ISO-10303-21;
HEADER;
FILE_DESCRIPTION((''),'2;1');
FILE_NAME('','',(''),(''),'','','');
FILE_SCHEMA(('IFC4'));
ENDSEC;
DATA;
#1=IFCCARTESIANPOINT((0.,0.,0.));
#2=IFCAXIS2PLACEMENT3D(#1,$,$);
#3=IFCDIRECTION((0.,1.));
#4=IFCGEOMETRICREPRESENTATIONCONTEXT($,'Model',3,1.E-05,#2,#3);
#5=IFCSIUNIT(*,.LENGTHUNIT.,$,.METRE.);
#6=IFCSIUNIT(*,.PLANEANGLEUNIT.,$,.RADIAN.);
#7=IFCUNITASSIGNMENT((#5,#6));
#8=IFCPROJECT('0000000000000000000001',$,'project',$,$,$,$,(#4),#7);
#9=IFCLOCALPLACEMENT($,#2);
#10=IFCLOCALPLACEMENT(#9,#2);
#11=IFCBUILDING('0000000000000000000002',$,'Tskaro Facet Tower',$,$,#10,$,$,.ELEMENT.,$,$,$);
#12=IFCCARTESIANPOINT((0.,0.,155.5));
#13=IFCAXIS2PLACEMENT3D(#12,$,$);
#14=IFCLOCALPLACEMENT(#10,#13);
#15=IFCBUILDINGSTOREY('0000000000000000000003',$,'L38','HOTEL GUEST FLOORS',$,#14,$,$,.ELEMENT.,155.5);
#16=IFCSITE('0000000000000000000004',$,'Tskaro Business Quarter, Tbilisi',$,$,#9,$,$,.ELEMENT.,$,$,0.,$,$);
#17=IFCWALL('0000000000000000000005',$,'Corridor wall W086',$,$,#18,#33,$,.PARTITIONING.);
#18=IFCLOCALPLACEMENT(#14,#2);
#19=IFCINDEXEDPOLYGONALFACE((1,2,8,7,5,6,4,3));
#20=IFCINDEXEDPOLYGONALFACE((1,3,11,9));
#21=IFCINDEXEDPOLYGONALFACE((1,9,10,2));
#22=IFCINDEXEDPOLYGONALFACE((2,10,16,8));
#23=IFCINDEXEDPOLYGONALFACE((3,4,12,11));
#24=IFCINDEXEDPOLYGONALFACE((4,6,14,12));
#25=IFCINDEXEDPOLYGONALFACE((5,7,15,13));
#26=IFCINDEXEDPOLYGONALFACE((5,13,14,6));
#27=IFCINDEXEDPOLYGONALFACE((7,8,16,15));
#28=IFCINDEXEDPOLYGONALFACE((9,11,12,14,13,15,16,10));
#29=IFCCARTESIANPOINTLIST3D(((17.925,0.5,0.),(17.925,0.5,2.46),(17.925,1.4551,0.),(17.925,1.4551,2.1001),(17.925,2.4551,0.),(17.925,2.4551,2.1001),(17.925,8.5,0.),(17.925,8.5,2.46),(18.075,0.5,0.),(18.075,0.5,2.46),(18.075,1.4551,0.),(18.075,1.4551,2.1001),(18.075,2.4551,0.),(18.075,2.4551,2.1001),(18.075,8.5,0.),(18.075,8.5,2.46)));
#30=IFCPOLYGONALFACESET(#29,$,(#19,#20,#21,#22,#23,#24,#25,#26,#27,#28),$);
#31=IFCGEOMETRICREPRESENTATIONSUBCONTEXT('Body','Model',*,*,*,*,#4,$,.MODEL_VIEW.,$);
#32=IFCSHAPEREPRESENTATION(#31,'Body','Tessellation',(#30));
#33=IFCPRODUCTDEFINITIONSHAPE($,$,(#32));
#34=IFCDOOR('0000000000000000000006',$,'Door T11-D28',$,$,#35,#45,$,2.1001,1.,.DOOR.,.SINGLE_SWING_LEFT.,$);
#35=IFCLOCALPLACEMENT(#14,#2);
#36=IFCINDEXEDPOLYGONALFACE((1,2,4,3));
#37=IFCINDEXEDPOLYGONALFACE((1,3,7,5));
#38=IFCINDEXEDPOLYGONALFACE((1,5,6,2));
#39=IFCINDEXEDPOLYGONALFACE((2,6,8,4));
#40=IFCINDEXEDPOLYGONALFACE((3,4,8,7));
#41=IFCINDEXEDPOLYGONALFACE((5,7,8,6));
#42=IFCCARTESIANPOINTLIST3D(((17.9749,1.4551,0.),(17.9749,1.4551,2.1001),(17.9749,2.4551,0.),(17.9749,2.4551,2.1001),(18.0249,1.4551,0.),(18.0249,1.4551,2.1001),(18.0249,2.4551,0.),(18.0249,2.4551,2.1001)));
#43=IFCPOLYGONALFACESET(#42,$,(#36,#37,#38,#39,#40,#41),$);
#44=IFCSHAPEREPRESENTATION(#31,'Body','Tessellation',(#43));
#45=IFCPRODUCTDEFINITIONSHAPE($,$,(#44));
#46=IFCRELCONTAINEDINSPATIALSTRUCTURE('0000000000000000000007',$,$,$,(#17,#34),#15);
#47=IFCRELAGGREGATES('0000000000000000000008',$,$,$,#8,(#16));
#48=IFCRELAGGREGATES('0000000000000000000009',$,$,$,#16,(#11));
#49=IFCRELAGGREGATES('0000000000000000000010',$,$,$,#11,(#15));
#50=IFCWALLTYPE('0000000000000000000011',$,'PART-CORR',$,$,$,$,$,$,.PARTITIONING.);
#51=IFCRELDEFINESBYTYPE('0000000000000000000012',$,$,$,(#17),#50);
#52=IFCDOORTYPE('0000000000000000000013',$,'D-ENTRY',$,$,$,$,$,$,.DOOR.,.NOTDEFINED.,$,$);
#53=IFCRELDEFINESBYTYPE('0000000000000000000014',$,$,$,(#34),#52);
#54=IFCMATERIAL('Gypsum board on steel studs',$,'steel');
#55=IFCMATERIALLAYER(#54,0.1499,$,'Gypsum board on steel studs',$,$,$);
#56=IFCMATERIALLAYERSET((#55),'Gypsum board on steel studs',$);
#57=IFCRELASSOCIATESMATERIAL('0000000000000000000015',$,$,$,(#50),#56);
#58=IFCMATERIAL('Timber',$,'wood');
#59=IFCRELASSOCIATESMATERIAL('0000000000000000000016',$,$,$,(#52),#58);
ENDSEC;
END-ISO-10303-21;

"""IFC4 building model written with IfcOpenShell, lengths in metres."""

from ifc_helpers import new_model, si_unit, direction, frame, frame_2d, origin, place, context, subcontext, project, spatial, rectangle, extrude, material, layer, layer_set, type_object, element, fill, save


model = new_model("IFC4")

# Units and contexts
model_context = context("Model", 3, precision=1e-05, world=origin(), true_north=direction((0.0, 1.0)))
body_context = subcontext(model_context, "Body", "Model", "MODEL_VIEW")
ifc_project = project(units=[si_unit("LENGTHUNIT", "METRE"), si_unit("PLANEANGLEUNIT", "RADIAN")], contexts=[model_context])

# Site, building, storey
site_placement = place(None, origin())
site = spatial("IfcSite", under=ifc_project, at=site_placement, Name="Tskaro Business Quarter, Tbilisi", CompositionType="ELEMENT", RefElevation=0.0)
building_placement = place(site_placement, origin())
building = spatial("IfcBuilding", under=site, at=building_placement, Name="Tskaro Facet Tower", CompositionType="ELEMENT")
storey_placement = place(building_placement, frame((0.0, 0.0, 155.5)))
storey = spatial("IfcBuildingStorey", under=building, at=storey_placement, Name="L38", Description="HOTEL GUEST FLOORS", CompositionType="ELEMENT", Elevation=155.5)

# Shared definitions
ifc_material_1 = material(Name="Gypsum board on steel studs", Category="steel")

# Shared definitions
ifc_layer_1 = layer(ifc_material_1, 0.1499, Name="Gypsum board on steel studs")
ifc_layer_set_1 = layer_set([ifc_layer_1], Name="Gypsum board on steel studs")
wall_type_1 = type_object("IfcWallType", Name="PART-CORR", PredefinedType="PARTITIONING", material=ifc_layer_set_1)
ifc_material_2 = material(Name="Timber", Category="wood")

# Wall, opening, door
wall_1_placement = place(storey_placement, frame((18.0, 8.5, 0.0), z_axis=(0.0, 0.0, 1.0), x_axis=(0.0, -1.0, 0.0)))
wall_1 = element("IfcWall", 1, at=wall_1_placement, inside=storey, type_object=wall_type_1, Name="Corridor wall W086", PredefinedType="PARTITIONING", context=body_context, shape_type="SweptSolid", body=[
    extrude(rectangle(XDim=8.0, YDim=0.1499, at=frame_2d((4.0, 0.0))), origin(), (0.0, 0.0, 1.0), 2.46),
])
opening_1_placement = place(wall_1_placement, frame((6.0449, 0.0, 0.0)))
opening_1 = element("IfcOpeningElement", 2, at=opening_1_placement, cuts=wall_1, PredefinedType="OPENING", context=body_context, shape_type="SweptSolid", body=[
    extrude(rectangle(XDim=1.0, YDim=2.1001, at=frame_2d((0.5, 1.05))), frame((0.0, 0.085, 0.0), z_axis=(0.0, -1.0, 0.0), x_axis=(1.0, 0.0, 0.0)), (0.0, 0.0, 1.0), 0.1699),
])
door_type_1 = type_object("IfcDoorType", Name="D-ENTRY", OperationType="NOTDEFINED", PredefinedType="DOOR", material=ifc_material_2)
door_1_placement = place(opening_1_placement, origin())
door_1 = element("IfcDoor", 3, at=door_1_placement, inside=storey, type_object=door_type_1, Name="Door T11-D28", OperationType="SINGLE_SWING_LEFT", OverallHeight=2.1001, OverallWidth=1.0, PredefinedType="DOOR", context=body_context, shape_type="SweptSolid", body=[
    extrude(rectangle(XDim=1.0, YDim=2.1001, at=frame_2d((0.5, 1.05))), frame((0.0, 0.0249, 0.0), z_axis=(0.0, -1.0, 0.0), x_axis=(1.0, 0.0, 0.0)), (0.0, 0.0, 1.0), 0.05),
])
fill(opening_1, door_1)

save(model, "model.ifc")
